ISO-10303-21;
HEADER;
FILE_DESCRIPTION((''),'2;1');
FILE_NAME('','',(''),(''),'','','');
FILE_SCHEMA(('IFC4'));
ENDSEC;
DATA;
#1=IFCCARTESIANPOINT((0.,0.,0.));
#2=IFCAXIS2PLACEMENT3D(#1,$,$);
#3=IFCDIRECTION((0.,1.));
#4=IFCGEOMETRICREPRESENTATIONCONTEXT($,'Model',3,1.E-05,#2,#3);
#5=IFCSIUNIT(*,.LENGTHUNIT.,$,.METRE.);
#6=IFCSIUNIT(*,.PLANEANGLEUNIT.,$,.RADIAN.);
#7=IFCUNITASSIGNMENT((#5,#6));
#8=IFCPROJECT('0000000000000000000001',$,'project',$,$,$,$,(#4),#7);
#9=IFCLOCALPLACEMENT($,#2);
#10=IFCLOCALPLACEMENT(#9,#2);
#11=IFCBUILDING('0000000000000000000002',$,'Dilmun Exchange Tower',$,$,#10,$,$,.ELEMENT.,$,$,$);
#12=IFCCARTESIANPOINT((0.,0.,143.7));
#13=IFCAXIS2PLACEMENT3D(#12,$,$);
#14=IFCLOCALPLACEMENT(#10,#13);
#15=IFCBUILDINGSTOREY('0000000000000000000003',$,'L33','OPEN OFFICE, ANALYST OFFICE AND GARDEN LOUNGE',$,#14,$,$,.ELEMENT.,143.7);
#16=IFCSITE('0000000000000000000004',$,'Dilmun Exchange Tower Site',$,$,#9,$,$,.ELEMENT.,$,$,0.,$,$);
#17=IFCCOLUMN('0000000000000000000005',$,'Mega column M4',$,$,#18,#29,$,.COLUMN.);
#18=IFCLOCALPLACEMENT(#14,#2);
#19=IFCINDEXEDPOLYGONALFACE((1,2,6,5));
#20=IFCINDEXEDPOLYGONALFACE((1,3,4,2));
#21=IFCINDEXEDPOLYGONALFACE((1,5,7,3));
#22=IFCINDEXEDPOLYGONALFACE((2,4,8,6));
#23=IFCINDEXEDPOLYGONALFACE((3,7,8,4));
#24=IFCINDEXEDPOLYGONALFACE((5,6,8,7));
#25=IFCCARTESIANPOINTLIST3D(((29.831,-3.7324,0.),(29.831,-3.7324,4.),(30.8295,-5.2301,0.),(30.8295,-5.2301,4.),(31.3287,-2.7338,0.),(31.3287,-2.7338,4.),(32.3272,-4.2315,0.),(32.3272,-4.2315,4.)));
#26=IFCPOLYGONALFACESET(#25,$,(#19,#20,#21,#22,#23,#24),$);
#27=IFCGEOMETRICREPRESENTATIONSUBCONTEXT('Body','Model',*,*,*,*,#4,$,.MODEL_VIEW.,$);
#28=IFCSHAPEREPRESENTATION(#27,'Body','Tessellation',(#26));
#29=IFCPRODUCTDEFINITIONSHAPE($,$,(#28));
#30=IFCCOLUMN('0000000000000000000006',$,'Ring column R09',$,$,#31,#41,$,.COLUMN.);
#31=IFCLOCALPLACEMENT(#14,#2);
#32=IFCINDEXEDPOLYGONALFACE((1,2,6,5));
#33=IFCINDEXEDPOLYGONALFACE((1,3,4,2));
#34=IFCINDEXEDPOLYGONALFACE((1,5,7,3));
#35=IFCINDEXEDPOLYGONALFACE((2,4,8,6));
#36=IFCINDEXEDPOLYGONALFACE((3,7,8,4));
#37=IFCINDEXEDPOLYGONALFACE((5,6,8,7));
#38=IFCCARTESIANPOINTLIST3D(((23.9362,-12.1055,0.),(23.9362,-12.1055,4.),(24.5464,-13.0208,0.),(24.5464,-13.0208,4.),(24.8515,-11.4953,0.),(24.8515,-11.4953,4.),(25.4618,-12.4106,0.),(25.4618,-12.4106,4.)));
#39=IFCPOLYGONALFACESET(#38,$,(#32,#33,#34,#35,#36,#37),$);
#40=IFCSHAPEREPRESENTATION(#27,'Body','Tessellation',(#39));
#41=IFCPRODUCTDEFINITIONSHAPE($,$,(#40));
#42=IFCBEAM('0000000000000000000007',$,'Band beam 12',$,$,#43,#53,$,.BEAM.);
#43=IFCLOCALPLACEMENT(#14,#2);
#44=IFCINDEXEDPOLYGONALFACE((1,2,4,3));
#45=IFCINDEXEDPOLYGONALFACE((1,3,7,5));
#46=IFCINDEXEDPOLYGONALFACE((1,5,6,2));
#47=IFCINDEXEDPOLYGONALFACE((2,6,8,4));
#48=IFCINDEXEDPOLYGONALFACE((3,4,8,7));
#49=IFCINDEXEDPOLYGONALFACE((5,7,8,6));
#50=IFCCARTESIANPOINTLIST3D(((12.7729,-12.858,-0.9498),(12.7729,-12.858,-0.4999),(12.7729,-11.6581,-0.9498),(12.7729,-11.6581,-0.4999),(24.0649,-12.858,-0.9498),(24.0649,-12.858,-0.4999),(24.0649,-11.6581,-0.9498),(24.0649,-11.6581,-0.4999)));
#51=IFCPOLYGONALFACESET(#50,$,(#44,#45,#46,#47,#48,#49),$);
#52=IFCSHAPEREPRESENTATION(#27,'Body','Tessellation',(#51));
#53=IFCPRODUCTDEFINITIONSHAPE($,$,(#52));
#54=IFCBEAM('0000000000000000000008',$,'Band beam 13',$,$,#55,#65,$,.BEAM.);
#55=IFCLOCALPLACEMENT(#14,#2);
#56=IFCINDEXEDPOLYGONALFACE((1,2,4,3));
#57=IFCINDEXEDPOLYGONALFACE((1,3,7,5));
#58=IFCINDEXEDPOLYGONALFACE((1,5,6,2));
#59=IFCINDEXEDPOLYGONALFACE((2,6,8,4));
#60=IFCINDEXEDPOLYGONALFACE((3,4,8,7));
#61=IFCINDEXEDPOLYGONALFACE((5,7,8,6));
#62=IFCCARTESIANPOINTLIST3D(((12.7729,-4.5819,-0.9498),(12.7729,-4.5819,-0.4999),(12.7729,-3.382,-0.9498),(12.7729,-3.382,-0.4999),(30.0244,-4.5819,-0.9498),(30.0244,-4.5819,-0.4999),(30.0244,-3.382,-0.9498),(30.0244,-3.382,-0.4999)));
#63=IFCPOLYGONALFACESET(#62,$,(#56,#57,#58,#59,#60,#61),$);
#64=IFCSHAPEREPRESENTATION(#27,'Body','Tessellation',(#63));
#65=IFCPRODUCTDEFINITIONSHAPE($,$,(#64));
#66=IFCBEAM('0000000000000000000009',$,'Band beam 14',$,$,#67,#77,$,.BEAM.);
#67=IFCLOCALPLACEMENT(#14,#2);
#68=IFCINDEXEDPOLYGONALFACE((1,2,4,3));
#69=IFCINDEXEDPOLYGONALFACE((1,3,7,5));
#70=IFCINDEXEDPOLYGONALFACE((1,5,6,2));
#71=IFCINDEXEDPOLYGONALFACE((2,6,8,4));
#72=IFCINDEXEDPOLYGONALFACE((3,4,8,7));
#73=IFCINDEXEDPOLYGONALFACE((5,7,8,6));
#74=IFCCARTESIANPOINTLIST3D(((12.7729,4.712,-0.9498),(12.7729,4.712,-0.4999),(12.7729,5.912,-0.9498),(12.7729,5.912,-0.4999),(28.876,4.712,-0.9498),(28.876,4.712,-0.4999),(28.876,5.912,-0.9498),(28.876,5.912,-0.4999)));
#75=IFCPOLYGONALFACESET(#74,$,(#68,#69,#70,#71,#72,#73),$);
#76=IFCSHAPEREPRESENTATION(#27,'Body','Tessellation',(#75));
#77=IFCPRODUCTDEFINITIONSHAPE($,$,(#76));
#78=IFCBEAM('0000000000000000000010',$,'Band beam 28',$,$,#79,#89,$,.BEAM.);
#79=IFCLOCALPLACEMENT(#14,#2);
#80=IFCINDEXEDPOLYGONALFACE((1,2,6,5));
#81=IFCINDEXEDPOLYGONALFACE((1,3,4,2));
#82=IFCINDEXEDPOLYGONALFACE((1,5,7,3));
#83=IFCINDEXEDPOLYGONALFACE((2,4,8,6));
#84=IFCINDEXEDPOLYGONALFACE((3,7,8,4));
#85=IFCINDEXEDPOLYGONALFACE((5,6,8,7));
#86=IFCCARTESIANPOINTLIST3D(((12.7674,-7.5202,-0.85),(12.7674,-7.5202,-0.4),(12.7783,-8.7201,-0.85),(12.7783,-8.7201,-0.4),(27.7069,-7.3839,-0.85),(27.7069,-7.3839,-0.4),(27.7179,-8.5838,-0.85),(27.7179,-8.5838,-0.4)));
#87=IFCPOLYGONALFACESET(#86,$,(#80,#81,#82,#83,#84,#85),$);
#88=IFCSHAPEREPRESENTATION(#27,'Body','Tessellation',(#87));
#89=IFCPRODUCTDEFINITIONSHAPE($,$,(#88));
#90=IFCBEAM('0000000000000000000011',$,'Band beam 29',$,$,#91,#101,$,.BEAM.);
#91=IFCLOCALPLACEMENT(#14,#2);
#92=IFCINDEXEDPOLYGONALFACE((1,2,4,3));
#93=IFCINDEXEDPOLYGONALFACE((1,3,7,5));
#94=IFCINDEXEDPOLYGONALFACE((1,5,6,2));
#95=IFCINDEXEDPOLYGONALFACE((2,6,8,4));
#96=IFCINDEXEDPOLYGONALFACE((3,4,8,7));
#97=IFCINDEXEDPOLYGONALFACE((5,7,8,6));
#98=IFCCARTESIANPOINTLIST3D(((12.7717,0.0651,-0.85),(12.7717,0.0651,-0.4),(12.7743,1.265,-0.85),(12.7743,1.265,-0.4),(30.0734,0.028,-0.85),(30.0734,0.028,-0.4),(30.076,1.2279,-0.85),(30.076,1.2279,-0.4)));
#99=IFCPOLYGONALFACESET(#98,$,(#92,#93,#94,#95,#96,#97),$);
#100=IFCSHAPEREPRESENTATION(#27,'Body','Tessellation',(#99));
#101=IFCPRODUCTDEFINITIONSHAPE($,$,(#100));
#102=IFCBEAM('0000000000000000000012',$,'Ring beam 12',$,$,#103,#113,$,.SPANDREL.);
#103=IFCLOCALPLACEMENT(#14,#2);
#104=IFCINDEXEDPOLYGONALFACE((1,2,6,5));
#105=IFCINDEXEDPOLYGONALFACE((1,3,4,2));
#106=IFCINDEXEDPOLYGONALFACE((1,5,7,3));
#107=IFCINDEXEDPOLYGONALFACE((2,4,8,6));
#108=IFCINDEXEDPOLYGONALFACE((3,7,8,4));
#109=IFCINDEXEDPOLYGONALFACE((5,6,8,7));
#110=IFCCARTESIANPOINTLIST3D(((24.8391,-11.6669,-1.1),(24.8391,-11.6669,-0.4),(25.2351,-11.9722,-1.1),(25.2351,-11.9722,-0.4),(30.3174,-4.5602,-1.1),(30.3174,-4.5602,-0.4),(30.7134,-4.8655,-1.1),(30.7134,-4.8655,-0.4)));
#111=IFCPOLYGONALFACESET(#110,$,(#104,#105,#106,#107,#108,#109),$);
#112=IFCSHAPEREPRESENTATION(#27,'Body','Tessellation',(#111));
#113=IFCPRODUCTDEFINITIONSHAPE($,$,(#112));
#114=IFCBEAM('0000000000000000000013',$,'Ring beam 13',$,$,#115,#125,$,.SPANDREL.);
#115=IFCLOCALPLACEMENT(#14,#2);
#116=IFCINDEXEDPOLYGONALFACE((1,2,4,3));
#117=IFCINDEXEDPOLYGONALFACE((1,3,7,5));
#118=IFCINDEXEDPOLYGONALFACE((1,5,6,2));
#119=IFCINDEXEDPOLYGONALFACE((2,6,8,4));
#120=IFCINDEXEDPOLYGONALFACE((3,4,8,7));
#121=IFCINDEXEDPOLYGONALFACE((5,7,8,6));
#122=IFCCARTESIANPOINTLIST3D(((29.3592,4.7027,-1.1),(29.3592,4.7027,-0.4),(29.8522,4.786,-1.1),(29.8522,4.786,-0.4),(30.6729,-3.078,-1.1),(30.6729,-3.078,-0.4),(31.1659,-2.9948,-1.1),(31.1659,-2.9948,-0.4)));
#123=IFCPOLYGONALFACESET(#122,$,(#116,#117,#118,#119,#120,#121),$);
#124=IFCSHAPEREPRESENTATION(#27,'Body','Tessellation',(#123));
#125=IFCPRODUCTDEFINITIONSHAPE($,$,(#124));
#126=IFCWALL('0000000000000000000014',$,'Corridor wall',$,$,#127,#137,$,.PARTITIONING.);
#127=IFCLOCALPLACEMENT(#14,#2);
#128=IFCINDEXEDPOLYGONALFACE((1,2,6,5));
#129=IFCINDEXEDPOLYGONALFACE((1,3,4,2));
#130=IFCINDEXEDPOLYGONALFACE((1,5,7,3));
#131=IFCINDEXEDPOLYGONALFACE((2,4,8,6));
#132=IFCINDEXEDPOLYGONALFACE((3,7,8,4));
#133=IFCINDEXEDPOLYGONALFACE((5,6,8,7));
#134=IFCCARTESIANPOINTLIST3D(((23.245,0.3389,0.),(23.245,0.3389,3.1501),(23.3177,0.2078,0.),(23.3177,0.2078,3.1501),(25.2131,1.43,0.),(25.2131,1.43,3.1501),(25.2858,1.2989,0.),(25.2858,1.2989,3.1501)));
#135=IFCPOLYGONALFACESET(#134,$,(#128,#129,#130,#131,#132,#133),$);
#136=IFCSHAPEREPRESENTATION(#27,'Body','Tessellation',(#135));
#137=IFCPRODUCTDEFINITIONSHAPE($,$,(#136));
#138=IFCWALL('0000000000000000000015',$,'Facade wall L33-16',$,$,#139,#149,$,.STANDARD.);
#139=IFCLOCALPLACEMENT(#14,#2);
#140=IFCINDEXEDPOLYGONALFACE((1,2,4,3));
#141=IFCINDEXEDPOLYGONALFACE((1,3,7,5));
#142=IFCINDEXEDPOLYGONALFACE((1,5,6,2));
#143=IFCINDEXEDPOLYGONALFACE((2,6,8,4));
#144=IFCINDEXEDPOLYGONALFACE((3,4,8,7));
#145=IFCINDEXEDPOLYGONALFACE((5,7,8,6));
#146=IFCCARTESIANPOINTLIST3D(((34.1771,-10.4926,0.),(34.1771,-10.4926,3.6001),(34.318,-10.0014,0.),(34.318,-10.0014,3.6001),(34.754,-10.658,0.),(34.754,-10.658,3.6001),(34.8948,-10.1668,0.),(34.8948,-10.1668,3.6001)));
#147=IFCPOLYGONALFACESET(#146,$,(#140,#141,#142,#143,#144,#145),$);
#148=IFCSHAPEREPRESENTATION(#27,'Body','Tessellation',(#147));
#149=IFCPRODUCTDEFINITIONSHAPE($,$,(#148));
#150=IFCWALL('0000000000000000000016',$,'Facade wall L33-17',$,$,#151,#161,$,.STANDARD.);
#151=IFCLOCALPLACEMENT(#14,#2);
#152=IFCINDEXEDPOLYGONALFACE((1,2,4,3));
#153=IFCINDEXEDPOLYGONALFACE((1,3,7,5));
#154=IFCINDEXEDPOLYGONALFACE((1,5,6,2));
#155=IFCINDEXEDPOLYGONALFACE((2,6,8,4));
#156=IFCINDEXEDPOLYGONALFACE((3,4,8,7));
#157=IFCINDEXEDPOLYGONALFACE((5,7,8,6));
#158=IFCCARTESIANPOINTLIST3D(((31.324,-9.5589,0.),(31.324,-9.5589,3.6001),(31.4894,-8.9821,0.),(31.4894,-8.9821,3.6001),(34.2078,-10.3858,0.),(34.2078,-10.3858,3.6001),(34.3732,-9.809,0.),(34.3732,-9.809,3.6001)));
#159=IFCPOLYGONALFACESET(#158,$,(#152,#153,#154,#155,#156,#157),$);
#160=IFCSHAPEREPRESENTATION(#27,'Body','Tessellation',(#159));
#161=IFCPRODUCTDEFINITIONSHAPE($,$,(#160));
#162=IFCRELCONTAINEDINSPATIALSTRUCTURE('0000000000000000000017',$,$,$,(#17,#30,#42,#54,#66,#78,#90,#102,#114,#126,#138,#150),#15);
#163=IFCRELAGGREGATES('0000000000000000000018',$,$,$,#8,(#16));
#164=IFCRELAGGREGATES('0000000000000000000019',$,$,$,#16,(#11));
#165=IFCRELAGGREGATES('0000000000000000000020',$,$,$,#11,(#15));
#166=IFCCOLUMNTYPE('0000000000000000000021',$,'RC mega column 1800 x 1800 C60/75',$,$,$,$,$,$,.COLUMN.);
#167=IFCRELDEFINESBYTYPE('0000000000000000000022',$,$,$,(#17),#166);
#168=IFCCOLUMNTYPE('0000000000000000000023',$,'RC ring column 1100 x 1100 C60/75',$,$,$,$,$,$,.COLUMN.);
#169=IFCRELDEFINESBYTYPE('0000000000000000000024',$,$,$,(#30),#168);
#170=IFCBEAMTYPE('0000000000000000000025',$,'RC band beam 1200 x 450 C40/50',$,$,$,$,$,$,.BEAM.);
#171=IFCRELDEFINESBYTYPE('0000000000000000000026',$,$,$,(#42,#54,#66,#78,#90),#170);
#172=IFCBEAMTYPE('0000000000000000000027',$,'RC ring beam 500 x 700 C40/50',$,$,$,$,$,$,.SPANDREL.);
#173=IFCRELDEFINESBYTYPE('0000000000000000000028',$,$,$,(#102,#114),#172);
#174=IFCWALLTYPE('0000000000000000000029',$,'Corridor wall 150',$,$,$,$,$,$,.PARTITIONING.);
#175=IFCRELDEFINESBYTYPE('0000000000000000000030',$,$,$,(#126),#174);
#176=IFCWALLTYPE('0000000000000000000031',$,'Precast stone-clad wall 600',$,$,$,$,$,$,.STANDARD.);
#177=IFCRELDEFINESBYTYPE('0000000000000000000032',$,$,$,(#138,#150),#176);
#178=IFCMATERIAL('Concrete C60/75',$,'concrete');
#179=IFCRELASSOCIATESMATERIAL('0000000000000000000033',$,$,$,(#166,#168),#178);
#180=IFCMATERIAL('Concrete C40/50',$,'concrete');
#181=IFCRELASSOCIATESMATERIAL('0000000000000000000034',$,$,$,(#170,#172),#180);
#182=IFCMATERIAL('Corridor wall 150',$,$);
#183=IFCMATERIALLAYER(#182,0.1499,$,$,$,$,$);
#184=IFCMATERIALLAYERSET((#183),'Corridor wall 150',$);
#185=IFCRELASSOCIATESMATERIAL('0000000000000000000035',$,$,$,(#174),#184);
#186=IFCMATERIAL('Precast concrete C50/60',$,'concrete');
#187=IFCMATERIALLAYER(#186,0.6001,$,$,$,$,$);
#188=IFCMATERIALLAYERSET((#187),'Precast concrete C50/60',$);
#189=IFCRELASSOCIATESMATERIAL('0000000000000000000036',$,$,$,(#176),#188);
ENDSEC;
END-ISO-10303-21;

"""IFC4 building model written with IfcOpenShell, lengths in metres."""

from ifc_helpers import new_model, si_unit, direction, frame, frame_2d, origin, origin_2d, place, context, subcontext, project, spatial, rectangle, extrude, material, layer, layer_set, material_profile, profile_set, type_object, element, save


model = new_model("IFC4")

# Units and contexts
model_context = context("Model", 3, precision=1e-05, world=origin(), true_north=direction((0.0, 1.0)))
body_context = subcontext(model_context, "Body", "Model", "MODEL_VIEW")
ifc_project = project(units=[si_unit("LENGTHUNIT", "METRE"), si_unit("PLANEANGLEUNIT", "RADIAN")], contexts=[model_context])

# Site, building, storey
site_placement = place(None, origin())
site = spatial("IfcSite", under=ifc_project, at=site_placement, Name="Dilmun Exchange Tower Site", CompositionType="ELEMENT", RefElevation=0.0)
building_placement = place(site_placement, origin())
building = spatial("IfcBuilding", under=site, at=building_placement, Name="Dilmun Exchange Tower", CompositionType="ELEMENT")
storey_placement = place(building_placement, frame((0.0, 0.0, 143.7)))
storey = spatial("IfcBuildingStorey", under=building, at=storey_placement, Name="L33", Description="OPEN OFFICE, ANALYST OFFICE AND GARDEN LOUNGE", CompositionType="ELEMENT", Elevation=143.7)

# Columns
ifc_material_1 = material(Name="Concrete C60/75", Category="concrete")
ifc_material_profile_1 = material_profile(ifc_material_1, rectangle(XDim=1.8, YDim=1.8, at=origin_2d()), Name="1800 x 1800")
ifc_profile_set_1 = profile_set([ifc_material_profile_1], Name="Concrete C60/75")
column_type_1 = type_object("IfcColumnType", Name="RC mega column 1800 x 1800 C60/75", PredefinedType="COLUMN", material=ifc_profile_set_1)
column_1_placement = place(storey_placement, frame((31.0791, -3.9819, 0.0), z_axis=(0.0, 0.0, 1.0), x_axis=(0.832029, 0.554733, 0.0)))
element("IfcColumn", 1, at=column_1_placement, inside=storey, type_object=column_type_1, Name="Mega column M4", PredefinedType="COLUMN", context=body_context, shape_type="SweptSolid", body=[
    extrude(rectangle(XDim=1.8, YDim=1.8, at=origin_2d()), origin(), (0.0, 0.0, 1.0), 4.0),
])
ifc_material_profile_2 = material_profile(ifc_material_1, rectangle(XDim=1.1001, YDim=1.1001, at=origin_2d()), Name="1100 x 1100")
ifc_profile_set_2 = profile_set([ifc_material_profile_2], Name="Concrete C60/75")
column_type_2 = type_object("IfcColumnType", Name="RC ring column 1100 x 1100 C60/75", PredefinedType="COLUMN", material=ifc_profile_set_2)
column_2_placement = place(storey_placement, frame((24.699, -12.2581, 0.0), z_axis=(0.0, 0.0, 1.0), x_axis=(0.832029, 0.554733, 0.0)))
element("IfcColumn", 2, at=column_2_placement, inside=storey, type_object=column_type_2, Name="Ring column R09", PredefinedType="COLUMN", context=body_context, shape_type="SweptSolid", body=[
    extrude(rectangle(XDim=1.1001, YDim=1.1001, at=origin_2d()), origin(), (0.0, 0.0, 1.0), 4.0),
])

# Beams
ifc_material_2 = material(Name="Concrete C40/50", Category="concrete")
ifc_material_profile_3 = material_profile(ifc_material_2, rectangle(XDim=1.2, YDim=0.45, at=origin_2d()), Name="1200 x 450")
ifc_profile_set_3 = profile_set([ifc_material_profile_3], Name="Concrete C40/50")
beam_type_1 = type_object("IfcBeamType", Name="RC band beam 1200 x 450 C40/50", PredefinedType="BEAM", material=ifc_profile_set_3)
beam_1_placement = place(storey_placement, frame((24.0649, -12.2581, -0.7249), z_axis=(-1.0, 0.0, 0.0), x_axis=(0.0, -1.0, 0.0)))
element("IfcBeam", 3, at=beam_1_placement, inside=storey, type_object=beam_type_1, Name="Band beam 12", PredefinedType="BEAM", context=body_context, shape_type="SweptSolid", body=[
    extrude(rectangle(XDim=1.2, YDim=0.45, at=origin_2d()), origin(), (0.0, 0.0, 1.0), 11.292),
])
beam_2_placement = place(storey_placement, frame((30.0244, -3.9819, -0.7249), z_axis=(-1.0, 0.0, 0.0), x_axis=(0.0, -1.0, 0.0)))
element("IfcBeam", 4, at=beam_2_placement, inside=storey, type_object=beam_type_1, Name="Band beam 13", PredefinedType="BEAM", context=body_context, shape_type="SweptSolid", body=[
    extrude(rectangle(XDim=1.2, YDim=0.45, at=origin_2d()), origin(), (0.0, 0.0, 1.0), 17.2515),
])
beam_3_placement = place(storey_placement, frame((28.876, 5.312, -0.7249), z_axis=(-1.0, 0.0, 0.0), x_axis=(0.0, -1.0, 0.0)))
element("IfcBeam", 5, at=beam_3_placement, inside=storey, type_object=beam_type_1, Name="Band beam 14", PredefinedType="BEAM", context=body_context, shape_type="SweptSolid", body=[
    extrude(rectangle(XDim=1.2, YDim=0.45, at=origin_2d()), origin(), (0.0, 0.0, 1.0), 16.103),
])
beam_4_placement = place(storey_placement, frame((27.7124, -7.9839, -0.625), z_axis=(-0.999958, -0.009118, 0.0), x_axis=(0.009118, -0.999958, 0.0)))
element("IfcBeam", 6, at=beam_4_placement, inside=storey, type_object=beam_type_1, Name="Band beam 28", PredefinedType="BEAM", context=body_context, shape_type="SweptSolid", body=[
    extrude(rectangle(XDim=1.2, YDim=0.45, at=origin_2d()), origin(), (0.0, 0.0, 1.0), 14.9402),
])
beam_5_placement = place(storey_placement, frame((30.0747, 0.6279, -0.625), z_axis=(-0.999998, 0.002145, 0.0), x_axis=(-0.002145, -0.999998, 0.0)))
element("IfcBeam", 7, at=beam_5_placement, inside=storey, type_object=beam_type_1, Name="Band beam 29", PredefinedType="BEAM", context=body_context, shape_type="SweptSolid", body=[
    extrude(rectangle(XDim=1.2, YDim=0.45, at=origin_2d()), origin(), (0.0, 0.0, 1.0), 17.3018),
])
ifc_material_profile_4 = material_profile(ifc_material_2, rectangle(XDim=0.5, YDim=0.7, at=origin_2d()), Name="500 x 700")
ifc_profile_set_4 = profile_set([ifc_material_profile_4], Name="Concrete C40/50")
beam_type_2 = type_object("IfcBeamType", Name="RC ring beam 500 x 700 C40/50", PredefinedType="SPANDREL", material=ifc_profile_set_4)
beam_6_placement = place(storey_placement, frame((25.0371, -11.8196, -0.75), z_axis=(0.610522, 0.792, 0.0), x_axis=(-0.792, 0.610522, 0.0)))
element("IfcBeam", 8, at=beam_6_placement, inside=storey, type_object=beam_type_2, Name="Ring beam 12", PredefinedType="SPANDREL", context=body_context, shape_type="SweptSolid", body=[
    extrude(rectangle(XDim=0.5, YDim=0.7, at=origin_2d()), origin(), (0.0, 0.0, 1.0), 8.9731),
])
beam_7_placement = place(storey_placement, frame((30.9194, -3.0364, -0.75), z_axis=(-0.166486, 0.986044, 0.0), x_axis=(-0.986044, -0.166486, 0.0)))
element("IfcBeam", 9, at=beam_7_placement, inside=storey, type_object=beam_type_2, Name="Ring beam 13", PredefinedType="SPANDREL", context=body_context, shape_type="SweptSolid", body=[
    extrude(rectangle(XDim=0.5, YDim=0.7, at=origin_2d()), origin(), (0.0, 0.0, 1.0), 7.8909),
])

# Walls
ifc_material_3 = material(Name="Corridor wall 150")
ifc_layer_1 = layer(ifc_material_3, 0.1499)
ifc_layer_set_1 = layer_set([ifc_layer_1], Name="Corridor wall 150")
wall_type_1 = type_object("IfcWallType", Name="Corridor wall 150", PredefinedType="PARTITIONING", material=ifc_layer_set_1)
wall_1_placement = place(storey_placement, frame((23.2815, 0.2734, 0.0), z_axis=(0.0, 0.0, 1.0), x_axis=(0.874587, 0.484869, 0.0)))
element("IfcWall", 10, at=wall_1_placement, inside=storey, type_object=wall_type_1, Name="Corridor wall", PredefinedType="PARTITIONING", context=body_context, shape_type="SweptSolid", body=[
    extrude(rectangle(XDim=2.2502, YDim=0.1499, at=frame_2d((1.125, 0.0))), origin(), (0.0, 0.0, 1.0), 3.1501),
])
ifc_material_4 = material(Name="Precast concrete C50/60", Category="concrete")
ifc_layer_2 = layer(ifc_material_4, 0.6001)
ifc_layer_set_2 = layer_set([ifc_layer_2], Name="Precast concrete C50/60")
wall_type_2 = type_object("IfcWallType", Name="Precast stone-clad wall 600", PredefinedType="STANDARD", material=ifc_layer_set_2)
wall_2_placement = place(storey_placement, frame((34.4656, -10.5752, 0.0), z_axis=(0.0, 0.0, 1.0), x_axis=(0.275668, 0.961253, 0.0)))
element("IfcWall", 11, at=wall_2_placement, inside=storey, type_object=wall_type_2, Name="Facade wall L33-16", PredefinedType="STANDARD", context=body_context, shape_type="SweptSolid", body=[
    extrude(rectangle(XDim=0.511, YDim=0.6001, at=frame_2d((0.2554, 0.0))), origin(), (0.0, 0.0, 1.0), 3.6001),
])
wall_3_placement = place(storey_placement, frame((34.2905, -10.0974, 0.0), z_axis=(0.0, 0.0, 1.0), x_axis=(-0.961262, 0.275635, 0.0)))
element("IfcWall", 12, at=wall_3_placement, inside=storey, type_object=wall_type_2, Name="Facade wall L33-17", PredefinedType="STANDARD", context=body_context, shape_type="SweptSolid", body=[
    extrude(rectangle(XDim=3.0, YDim=0.6001, at=frame_2d((1.5, 0.0))), origin(), (0.0, 0.0, 1.0), 3.6001),
])

save(model, "model.ifc")
